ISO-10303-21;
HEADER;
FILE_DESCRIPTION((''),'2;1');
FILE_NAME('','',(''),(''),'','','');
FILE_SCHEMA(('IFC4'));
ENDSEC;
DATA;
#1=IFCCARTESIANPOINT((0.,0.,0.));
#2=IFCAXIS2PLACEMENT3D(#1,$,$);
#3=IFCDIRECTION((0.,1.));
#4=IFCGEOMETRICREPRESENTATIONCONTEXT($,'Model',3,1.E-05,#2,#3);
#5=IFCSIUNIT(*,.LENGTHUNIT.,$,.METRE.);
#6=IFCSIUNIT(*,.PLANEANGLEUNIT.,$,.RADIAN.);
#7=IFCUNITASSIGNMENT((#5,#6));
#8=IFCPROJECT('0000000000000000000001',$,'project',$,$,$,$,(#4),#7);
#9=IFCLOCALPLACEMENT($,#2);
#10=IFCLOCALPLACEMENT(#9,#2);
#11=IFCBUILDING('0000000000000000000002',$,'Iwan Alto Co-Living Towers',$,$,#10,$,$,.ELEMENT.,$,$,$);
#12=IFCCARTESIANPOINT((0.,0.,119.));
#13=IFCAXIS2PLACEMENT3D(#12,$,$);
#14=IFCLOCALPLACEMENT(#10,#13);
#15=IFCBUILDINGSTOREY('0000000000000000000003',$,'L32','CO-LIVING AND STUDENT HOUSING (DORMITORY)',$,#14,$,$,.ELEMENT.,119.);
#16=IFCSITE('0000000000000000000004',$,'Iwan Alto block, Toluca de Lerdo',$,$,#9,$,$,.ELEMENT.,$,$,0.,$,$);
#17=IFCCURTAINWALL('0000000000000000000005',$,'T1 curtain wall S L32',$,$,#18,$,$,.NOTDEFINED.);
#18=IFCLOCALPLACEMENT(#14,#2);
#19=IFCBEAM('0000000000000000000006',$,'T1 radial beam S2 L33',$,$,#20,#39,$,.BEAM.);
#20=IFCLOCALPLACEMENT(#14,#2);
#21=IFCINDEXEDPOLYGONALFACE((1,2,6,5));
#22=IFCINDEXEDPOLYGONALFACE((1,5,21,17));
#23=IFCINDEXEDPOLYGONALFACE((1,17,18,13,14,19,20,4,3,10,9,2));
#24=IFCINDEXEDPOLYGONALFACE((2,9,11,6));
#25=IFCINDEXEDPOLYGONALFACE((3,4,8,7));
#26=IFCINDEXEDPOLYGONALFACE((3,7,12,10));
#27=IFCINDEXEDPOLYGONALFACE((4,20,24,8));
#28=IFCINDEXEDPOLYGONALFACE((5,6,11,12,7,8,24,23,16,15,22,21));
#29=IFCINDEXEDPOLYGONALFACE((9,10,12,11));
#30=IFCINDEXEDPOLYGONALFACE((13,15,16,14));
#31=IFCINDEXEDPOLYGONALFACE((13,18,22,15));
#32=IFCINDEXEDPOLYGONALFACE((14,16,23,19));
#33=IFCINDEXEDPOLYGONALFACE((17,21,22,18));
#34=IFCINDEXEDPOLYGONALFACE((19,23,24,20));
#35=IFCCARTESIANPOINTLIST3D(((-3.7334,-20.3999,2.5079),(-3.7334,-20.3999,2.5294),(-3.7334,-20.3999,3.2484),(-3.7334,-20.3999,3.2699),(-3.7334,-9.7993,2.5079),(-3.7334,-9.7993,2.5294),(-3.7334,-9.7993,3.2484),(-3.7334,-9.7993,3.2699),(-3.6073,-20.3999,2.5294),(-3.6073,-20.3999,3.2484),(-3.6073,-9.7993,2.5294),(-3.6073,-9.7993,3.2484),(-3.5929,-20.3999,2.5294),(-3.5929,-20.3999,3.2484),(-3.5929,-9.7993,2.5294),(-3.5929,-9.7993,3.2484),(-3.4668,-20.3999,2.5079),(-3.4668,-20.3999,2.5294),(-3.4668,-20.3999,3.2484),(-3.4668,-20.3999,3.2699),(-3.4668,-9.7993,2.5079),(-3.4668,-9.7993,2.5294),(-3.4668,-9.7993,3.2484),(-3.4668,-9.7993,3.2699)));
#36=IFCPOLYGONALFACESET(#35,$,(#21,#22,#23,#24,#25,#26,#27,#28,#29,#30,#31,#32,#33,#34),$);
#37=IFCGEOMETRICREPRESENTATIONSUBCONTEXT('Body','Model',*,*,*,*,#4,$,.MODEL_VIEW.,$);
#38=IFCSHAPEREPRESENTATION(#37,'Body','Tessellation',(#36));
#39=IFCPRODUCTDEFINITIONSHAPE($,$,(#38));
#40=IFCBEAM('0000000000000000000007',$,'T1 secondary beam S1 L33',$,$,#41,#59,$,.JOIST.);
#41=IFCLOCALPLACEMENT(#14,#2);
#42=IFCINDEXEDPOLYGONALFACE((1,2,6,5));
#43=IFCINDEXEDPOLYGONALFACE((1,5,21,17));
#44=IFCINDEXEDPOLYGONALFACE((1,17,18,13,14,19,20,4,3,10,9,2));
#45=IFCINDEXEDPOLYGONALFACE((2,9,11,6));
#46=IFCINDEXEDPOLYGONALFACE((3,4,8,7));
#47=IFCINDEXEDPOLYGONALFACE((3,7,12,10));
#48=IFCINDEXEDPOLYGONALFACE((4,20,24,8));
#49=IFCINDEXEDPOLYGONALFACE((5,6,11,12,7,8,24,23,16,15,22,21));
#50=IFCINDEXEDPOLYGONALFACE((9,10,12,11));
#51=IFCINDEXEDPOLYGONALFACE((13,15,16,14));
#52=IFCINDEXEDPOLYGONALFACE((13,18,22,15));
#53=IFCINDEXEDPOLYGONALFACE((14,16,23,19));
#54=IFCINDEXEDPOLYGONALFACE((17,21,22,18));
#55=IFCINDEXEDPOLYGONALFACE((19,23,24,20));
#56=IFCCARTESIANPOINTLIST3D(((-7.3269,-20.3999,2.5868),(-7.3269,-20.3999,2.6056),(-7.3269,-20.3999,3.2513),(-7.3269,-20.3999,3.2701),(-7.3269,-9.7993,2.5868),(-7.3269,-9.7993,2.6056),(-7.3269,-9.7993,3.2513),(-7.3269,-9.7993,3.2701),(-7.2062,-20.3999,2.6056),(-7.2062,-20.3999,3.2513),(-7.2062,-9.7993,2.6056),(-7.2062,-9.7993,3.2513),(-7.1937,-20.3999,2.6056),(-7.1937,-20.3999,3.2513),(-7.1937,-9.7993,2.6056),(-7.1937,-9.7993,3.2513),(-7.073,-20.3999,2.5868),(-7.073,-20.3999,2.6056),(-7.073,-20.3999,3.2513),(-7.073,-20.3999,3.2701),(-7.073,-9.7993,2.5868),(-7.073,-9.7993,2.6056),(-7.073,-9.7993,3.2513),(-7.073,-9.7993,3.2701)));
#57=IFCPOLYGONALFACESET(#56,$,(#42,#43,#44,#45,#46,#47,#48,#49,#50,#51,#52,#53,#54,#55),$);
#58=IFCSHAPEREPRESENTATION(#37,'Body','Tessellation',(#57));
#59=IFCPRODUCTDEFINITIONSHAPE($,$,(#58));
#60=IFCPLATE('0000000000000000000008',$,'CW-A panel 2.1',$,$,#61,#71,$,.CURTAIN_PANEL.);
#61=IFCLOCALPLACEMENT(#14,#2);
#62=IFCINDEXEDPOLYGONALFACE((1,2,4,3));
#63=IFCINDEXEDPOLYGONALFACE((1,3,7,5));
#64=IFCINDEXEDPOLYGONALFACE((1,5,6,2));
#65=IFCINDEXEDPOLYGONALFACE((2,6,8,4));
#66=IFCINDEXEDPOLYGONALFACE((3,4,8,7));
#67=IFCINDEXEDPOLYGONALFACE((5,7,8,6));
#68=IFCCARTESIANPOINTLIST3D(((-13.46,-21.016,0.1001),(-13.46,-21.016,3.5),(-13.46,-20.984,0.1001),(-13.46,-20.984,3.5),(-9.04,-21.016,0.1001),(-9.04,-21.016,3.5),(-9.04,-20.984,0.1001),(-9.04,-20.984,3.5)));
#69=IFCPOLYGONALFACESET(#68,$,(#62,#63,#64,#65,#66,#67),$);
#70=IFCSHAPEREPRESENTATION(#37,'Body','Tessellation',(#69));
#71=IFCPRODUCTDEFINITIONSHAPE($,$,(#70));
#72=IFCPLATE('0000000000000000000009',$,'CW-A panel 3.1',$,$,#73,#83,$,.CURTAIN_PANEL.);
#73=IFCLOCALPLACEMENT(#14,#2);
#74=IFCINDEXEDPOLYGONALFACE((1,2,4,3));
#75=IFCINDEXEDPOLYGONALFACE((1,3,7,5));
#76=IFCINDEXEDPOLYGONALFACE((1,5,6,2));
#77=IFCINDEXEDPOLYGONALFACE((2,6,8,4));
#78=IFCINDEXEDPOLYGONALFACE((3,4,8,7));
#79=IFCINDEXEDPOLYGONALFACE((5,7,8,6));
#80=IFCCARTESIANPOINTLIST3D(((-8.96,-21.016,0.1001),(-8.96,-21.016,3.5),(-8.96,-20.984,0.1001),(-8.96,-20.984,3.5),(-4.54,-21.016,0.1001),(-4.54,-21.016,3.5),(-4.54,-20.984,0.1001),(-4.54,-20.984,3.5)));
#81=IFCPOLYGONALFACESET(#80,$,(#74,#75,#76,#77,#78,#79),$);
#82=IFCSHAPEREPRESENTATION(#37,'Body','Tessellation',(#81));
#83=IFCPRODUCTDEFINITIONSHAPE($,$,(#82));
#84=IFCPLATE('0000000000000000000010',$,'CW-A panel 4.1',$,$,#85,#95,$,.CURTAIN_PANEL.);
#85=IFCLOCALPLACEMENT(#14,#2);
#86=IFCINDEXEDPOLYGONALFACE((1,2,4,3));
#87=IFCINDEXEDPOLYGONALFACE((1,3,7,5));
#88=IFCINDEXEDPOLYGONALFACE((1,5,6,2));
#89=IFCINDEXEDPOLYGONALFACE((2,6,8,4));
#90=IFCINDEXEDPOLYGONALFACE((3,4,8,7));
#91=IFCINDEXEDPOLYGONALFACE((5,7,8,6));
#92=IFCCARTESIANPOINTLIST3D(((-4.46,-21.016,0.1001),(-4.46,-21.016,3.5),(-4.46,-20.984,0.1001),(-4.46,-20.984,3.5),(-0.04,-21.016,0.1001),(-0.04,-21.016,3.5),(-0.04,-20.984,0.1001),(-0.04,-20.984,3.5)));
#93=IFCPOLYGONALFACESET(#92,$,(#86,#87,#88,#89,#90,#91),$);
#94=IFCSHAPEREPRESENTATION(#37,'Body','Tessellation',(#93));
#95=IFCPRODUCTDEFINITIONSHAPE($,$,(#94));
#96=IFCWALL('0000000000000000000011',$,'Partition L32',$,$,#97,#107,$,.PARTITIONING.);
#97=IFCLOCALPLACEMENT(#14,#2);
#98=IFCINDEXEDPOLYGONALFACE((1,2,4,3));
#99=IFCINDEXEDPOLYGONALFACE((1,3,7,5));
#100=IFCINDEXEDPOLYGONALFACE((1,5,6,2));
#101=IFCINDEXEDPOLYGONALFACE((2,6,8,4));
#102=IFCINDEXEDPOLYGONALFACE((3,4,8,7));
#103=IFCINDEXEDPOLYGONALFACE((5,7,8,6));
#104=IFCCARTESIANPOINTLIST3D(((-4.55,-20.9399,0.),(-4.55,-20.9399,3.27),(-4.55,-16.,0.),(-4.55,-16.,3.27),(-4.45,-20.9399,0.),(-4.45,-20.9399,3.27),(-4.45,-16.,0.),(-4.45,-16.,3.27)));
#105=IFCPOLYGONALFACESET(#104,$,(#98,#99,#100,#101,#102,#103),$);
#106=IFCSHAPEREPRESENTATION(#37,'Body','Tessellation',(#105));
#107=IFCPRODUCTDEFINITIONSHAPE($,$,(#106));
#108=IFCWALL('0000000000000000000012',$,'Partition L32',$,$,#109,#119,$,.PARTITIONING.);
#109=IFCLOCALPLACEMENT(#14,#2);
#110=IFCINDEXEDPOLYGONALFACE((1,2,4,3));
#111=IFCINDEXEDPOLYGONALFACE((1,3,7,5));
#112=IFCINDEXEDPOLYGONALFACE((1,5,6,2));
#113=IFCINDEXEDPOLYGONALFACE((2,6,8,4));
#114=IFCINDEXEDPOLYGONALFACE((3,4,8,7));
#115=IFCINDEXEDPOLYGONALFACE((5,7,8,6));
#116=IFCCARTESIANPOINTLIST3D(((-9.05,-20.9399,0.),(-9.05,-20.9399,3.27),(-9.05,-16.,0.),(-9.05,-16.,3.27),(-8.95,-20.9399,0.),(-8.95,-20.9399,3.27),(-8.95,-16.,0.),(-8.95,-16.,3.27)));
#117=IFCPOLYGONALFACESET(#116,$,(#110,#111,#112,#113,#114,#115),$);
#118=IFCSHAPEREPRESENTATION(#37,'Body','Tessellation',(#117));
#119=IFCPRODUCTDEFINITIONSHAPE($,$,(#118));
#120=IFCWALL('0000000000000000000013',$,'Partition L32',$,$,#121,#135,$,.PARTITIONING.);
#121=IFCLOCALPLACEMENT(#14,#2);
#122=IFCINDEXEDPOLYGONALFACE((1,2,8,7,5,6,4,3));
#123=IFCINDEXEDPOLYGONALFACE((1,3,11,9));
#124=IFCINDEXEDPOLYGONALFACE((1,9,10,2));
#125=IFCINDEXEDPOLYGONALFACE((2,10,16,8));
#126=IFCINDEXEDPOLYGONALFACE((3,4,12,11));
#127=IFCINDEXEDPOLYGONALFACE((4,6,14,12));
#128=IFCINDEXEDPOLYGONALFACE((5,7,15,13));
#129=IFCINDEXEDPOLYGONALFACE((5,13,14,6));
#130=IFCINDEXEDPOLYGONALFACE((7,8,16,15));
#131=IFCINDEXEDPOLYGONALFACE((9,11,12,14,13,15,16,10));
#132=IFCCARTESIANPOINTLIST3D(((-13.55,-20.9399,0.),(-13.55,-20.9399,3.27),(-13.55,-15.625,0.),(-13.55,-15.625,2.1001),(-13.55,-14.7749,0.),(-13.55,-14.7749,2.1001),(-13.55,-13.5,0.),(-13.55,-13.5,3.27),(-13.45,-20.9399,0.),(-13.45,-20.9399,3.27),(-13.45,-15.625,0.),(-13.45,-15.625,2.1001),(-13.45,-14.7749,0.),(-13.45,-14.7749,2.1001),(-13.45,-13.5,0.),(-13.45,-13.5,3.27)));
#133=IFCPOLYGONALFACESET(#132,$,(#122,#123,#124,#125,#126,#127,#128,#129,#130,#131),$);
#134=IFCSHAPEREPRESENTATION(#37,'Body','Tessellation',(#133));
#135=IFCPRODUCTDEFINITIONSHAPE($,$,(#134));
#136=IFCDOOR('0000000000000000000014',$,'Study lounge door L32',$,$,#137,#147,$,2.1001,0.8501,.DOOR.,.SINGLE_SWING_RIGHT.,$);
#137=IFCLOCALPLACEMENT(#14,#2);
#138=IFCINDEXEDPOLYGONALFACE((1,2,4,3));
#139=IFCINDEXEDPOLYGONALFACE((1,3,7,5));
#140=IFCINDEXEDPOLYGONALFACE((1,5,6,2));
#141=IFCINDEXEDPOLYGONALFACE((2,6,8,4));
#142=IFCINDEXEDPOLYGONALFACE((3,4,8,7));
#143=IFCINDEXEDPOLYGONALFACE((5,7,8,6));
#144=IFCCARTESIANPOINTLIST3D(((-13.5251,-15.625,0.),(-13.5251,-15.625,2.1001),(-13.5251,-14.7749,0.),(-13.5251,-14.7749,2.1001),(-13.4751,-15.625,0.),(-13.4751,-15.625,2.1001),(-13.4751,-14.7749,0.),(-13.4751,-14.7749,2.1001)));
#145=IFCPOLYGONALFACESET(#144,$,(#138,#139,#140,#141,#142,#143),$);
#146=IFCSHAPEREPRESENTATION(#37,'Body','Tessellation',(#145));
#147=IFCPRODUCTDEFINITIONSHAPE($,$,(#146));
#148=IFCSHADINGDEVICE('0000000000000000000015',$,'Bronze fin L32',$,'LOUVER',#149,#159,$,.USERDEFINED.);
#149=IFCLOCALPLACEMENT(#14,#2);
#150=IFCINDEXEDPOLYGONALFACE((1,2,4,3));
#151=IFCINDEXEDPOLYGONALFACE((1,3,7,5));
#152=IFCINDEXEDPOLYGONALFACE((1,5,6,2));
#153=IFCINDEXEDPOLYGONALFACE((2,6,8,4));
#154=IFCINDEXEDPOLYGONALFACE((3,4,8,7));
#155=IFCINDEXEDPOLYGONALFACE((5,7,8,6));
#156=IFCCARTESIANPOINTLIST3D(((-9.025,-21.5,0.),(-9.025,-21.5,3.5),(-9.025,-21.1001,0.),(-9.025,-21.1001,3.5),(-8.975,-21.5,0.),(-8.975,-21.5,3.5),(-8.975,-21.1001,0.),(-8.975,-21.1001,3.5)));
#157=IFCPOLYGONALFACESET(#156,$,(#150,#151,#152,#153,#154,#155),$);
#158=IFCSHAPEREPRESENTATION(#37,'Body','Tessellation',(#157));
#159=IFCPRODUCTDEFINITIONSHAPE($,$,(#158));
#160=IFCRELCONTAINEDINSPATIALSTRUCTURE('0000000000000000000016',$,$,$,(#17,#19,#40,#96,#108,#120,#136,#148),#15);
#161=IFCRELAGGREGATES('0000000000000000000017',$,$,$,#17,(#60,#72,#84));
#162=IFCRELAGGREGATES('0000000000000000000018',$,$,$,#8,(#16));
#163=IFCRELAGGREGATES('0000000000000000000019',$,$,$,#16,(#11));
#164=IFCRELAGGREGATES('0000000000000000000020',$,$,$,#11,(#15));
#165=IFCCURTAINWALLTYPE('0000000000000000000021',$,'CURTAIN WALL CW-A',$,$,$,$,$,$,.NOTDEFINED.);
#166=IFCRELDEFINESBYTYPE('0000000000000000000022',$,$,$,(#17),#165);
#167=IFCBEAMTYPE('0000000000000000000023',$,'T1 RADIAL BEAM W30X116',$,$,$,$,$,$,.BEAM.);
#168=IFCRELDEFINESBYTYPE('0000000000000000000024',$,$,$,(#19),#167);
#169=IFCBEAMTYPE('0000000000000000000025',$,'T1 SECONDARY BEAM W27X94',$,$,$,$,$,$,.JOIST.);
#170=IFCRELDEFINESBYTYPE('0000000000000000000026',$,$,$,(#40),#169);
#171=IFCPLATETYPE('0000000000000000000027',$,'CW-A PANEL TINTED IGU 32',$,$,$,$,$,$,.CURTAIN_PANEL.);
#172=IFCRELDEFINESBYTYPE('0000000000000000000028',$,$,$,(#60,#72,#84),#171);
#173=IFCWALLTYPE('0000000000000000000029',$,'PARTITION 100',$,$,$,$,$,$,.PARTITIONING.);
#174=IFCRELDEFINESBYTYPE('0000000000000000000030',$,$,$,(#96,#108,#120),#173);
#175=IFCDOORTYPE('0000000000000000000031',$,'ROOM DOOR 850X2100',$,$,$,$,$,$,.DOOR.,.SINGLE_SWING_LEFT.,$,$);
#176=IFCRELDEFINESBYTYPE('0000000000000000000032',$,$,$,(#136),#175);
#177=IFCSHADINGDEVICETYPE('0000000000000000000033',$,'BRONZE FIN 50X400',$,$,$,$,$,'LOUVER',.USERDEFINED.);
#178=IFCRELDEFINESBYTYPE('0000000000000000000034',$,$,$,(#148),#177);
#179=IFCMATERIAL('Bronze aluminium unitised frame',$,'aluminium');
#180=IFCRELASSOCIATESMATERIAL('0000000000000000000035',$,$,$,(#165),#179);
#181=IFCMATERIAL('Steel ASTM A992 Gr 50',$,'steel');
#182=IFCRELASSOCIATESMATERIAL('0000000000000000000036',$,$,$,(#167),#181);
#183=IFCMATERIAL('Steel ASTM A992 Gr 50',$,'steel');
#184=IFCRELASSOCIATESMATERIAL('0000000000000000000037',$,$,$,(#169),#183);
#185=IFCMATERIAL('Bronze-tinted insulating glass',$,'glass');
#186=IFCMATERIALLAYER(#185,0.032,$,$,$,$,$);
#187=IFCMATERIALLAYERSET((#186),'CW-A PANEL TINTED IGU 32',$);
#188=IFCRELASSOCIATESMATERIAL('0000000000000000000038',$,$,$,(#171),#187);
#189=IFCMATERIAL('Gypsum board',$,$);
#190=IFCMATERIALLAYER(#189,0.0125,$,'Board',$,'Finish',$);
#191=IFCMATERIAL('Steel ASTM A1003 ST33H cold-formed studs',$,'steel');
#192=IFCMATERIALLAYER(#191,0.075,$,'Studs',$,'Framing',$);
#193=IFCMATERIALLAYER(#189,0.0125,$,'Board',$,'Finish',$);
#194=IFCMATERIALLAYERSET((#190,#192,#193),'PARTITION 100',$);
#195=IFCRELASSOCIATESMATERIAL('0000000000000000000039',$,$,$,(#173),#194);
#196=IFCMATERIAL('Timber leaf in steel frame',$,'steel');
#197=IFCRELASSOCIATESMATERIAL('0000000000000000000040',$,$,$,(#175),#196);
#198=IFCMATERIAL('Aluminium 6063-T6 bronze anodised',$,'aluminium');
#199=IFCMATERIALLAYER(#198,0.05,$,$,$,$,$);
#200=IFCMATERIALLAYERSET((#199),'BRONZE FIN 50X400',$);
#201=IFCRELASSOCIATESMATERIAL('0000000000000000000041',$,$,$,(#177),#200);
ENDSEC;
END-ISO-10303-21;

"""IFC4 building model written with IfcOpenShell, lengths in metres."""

from ifc_helpers import new_model, si_unit, direction, frame, frame_2d, origin, origin_2d, place, context, subcontext, project, spatial, rectangle, i_section, extrude, material, layer, layer_set, material_profile, profile_set, type_object, element, fill, aggregate, save


model = new_model("IFC4")

# Units and contexts
model_context = context("Model", 3, precision=1e-05, world=origin(), true_north=direction((0.0, 1.0)))
body_context = subcontext(model_context, "Body", "Model", "MODEL_VIEW")
ifc_project = project(units=[si_unit("LENGTHUNIT", "METRE"), si_unit("PLANEANGLEUNIT", "RADIAN")], contexts=[model_context])

# Site, building, storey
site_placement = place(None, origin())
site = spatial("IfcSite", under=ifc_project, at=site_placement, Name="Iwan Alto block, Toluca de Lerdo", CompositionType="ELEMENT", RefElevation=0.0)
building_placement = place(site_placement, origin())
building = spatial("IfcBuilding", under=site, at=building_placement, Name="Iwan Alto Co-Living Towers", CompositionType="ELEMENT")
storey_placement = place(building_placement, frame((0.0, 0.0, 119.0)))
storey = spatial("IfcBuildingStorey", under=building, at=storey_placement, Name="L32", Description="CO-LIVING AND STUDENT HOUSING (DORMITORY)", CompositionType="ELEMENT", Elevation=119.0)

# Curtain wall
ifc_material_1 = material(Name="Bronze aluminium unitised frame", Category="aluminium")
curtain_wall_type = type_object("IfcCurtainWallType", Name="CURTAIN WALL CW-A", PredefinedType="NOTDEFINED", material=ifc_material_1)
curtain_wall_placement = place(storey_placement, origin())
curtain_wall = element("IfcCurtainWall", 1, at=curtain_wall_placement, inside=storey, type_object=curtain_wall_type, Name="T1 curtain wall S L32", PredefinedType="NOTDEFINED")

# Beams
ifc_material_2 = material(Name="Steel ASTM A992 Gr 50", Category="steel")
ifc_material_profile_1 = material_profile(ifc_material_2, i_section(OverallWidth=0.2666, OverallDepth=0.762, WebThickness=0.0144, FlangeThickness=0.0215, at=origin_2d()), Name="W30X116")
ifc_profile_set_1 = profile_set([ifc_material_profile_1], Name="Steel ASTM A992 Gr 50")
beam_type_1 = type_object("IfcBeamType", Name="T1 RADIAL BEAM W30X116", PredefinedType="BEAM", material=ifc_profile_set_1)
beam_1_placement = place(storey_placement, frame((-3.6001, -20.3999, 2.8889), z_axis=(0.0, 1.0, 0.0), x_axis=(-1.0, 0.0, 0.0)))
element("IfcBeam", 2, at=beam_1_placement, inside=storey, type_object=beam_type_1, Name="T1 radial beam S2 L33", PredefinedType="BEAM", context=body_context, shape_type="SweptSolid", body=[
    extrude(i_section(OverallWidth=0.2666, OverallDepth=0.762, WebThickness=0.0144, FlangeThickness=0.0215, at=origin_2d()), origin(), (0.0, 0.0, 1.0), 10.6006),
])
ifc_material_3 = material(Name="Steel ASTM A992 Gr 50", Category="steel")
ifc_material_profile_2 = material_profile(ifc_material_3, i_section(OverallWidth=0.2539, OverallDepth=0.6833, WebThickness=0.0125, FlangeThickness=0.0188, at=origin_2d()), Name="W27X94")
ifc_profile_set_2 = profile_set([ifc_material_profile_2], Name="Steel ASTM A992 Gr 50")
beam_type_2 = type_object("IfcBeamType", Name="T1 SECONDARY BEAM W27X94", PredefinedType="JOIST", material=ifc_profile_set_2)
beam_2_placement = place(storey_placement, frame((-7.2, -20.3999, 2.9285), z_axis=(0.0, 1.0, 0.0), x_axis=(-1.0, 0.0, 0.0)))
element("IfcBeam", 3, at=beam_2_placement, inside=storey, type_object=beam_type_2, Name="T1 secondary beam S1 L33", PredefinedType="JOIST", context=body_context, shape_type="SweptSolid", body=[
    extrude(i_section(OverallWidth=0.2539, OverallDepth=0.6833, WebThickness=0.0125, FlangeThickness=0.0188, at=origin_2d()), origin(), (0.0, 0.0, 1.0), 10.6006),
])

# Plates
ifc_material_4 = material(Name="Bronze-tinted insulating glass", Category="glass")
ifc_layer_1 = layer(ifc_material_4, 0.032)
ifc_layer_set_1 = layer_set([ifc_layer_1], Name="CW-A PANEL TINTED IGU 32")
plate_type = type_object("IfcPlateType", Name="CW-A PANEL TINTED IGU 32", PredefinedType="CURTAIN_PANEL", material=ifc_layer_set_1)
plate_1_placement = place(storey_placement, frame((-11.25, -21.0, 0.1001), z_axis=(0.0, 0.0, 1.0), x_axis=(1.0, 0.0, 0.0)))
plate_1 = element("IfcPlate", 4, at=plate_1_placement, type_object=plate_type, Name="CW-A panel 2.1", PredefinedType="CURTAIN_PANEL", context=body_context, shape_type="SweptSolid", body=[
    extrude(rectangle(XDim=4.4199, YDim=0.032, at=origin_2d()), origin(), (0.0, 0.0, 1.0), 3.3999),
])
plate_2_placement = place(storey_placement, frame((-6.75, -21.0, 0.1001), z_axis=(0.0, 0.0, 1.0), x_axis=(1.0, 0.0, 0.0)))
plate_2 = element("IfcPlate", 5, at=plate_2_placement, type_object=plate_type, Name="CW-A panel 3.1", PredefinedType="CURTAIN_PANEL", context=body_context, shape_type="SweptSolid", body=[
    extrude(rectangle(XDim=4.4199, YDim=0.032, at=origin_2d()), origin(), (0.0, 0.0, 1.0), 3.3999),
])
plate_3_placement = place(storey_placement, frame((-2.25, -21.0, 0.1001), z_axis=(0.0, 0.0, 1.0), x_axis=(1.0, 0.0, 0.0)))
plate_3 = element("IfcPlate", 6, at=plate_3_placement, type_object=plate_type, Name="CW-A panel 4.1", PredefinedType="CURTAIN_PANEL", context=body_context, shape_type="SweptSolid", body=[
    extrude(rectangle(XDim=4.4199, YDim=0.032, at=origin_2d()), origin(), (0.0, 0.0, 1.0), 3.3999),
])
aggregate(curtain_wall, [plate_1, plate_2, plate_3])

# Walls
ifc_material_5 = material(Name="Gypsum board")
ifc_layer_2 = layer(ifc_material_5, 0.0125, Name="Board", Category="Finish")
ifc_material_6 = material(Name="Steel ASTM A1003 ST33H cold-formed studs", Category="steel")
ifc_layer_3 = layer(ifc_material_6, 0.075, Name="Studs", Category="Framing")
ifc_layer_4 = layer(ifc_material_5, 0.0125, Name="Board", Category="Finish")
ifc_layer_set_2 = layer_set([ifc_layer_2, ifc_layer_3, ifc_layer_4], Name="PARTITION 100")
wall_type = type_object("IfcWallType", Name="PARTITION 100", PredefinedType="PARTITIONING", material=ifc_layer_set_2)
for number, where, z_axis, x_axis, name in (
    (7, (-4.5, -20.9399, 0.0), (0.0, 0.0, 1.0), (0.0, 1.0, 0.0), "Partition L32"),
    (8, (-9.0, -20.9399, 0.0), (0.0, 0.0, 1.0), (0.0, 1.0, 0.0), "Partition L32"),
):
    element("IfcWall", number, at=place(storey_placement, frame(where, z_axis=z_axis, x_axis=x_axis)), inside=storey, type_object=wall_type, Name=name, PredefinedType="PARTITIONING", context=body_context, shape_type="SweptSolid", body=[
        extrude(rectangle(XDim=4.9399, YDim=0.1001, at=frame_2d((2.47, 0.0))), origin(), (0.0, 0.0, 1.0), 3.27),
    ])

# Wall, opening, door
wall_placement = place(storey_placement, frame((-13.5, -20.9399, 0.0), z_axis=(0.0, 0.0, 1.0), x_axis=(0.0, 1.0, 0.0)))
wall = element("IfcWall", 9, at=wall_placement, inside=storey, type_object=wall_type, Name="Partition L32", PredefinedType="PARTITIONING", context=body_context, shape_type="SweptSolid", body=[
    extrude(rectangle(XDim=7.4399, YDim=0.1001, at=frame_2d((3.72, 0.0))), origin(), (0.0, 0.0, 1.0), 3.27),
])
opening_placement = place(wall_placement, frame((5.3149, 0.0, 0.0)))
opening = element("IfcOpeningElement", 10, at=opening_placement, cuts=wall, PredefinedType="OPENING", context=body_context, shape_type="SweptSolid", body=[
    extrude(rectangle(XDim=0.8501, YDim=2.1001, at=frame_2d((0.425, 1.05))), frame((0.0, 0.0601, 0.0), z_axis=(0.0, -1.0, 0.0), x_axis=(1.0, 0.0, 0.0)), (0.0, 0.0, 1.0), 0.1201),
])
ifc_material_7 = material(Name="Timber leaf in steel frame", Category="steel")
door_type = type_object("IfcDoorType", Name="ROOM DOOR 850X2100", OperationType="SINGLE_SWING_LEFT", PredefinedType="DOOR", material=ifc_material_7)
door_placement = place(opening_placement, frame((0.8501, 0.0, 0.0), z_axis=(0.0, 0.0, 1.0), x_axis=(-1.0, 0.0, 0.0)))
door = element("IfcDoor", 11, at=door_placement, inside=storey, type_object=door_type, Name="Study lounge door L32", OperationType="SINGLE_SWING_RIGHT", OverallHeight=2.1001, OverallWidth=0.8501, PredefinedType="DOOR", context=body_context, shape_type="SweptSolid", body=[
    extrude(rectangle(XDim=0.8501, YDim=2.1001, at=frame_2d((0.425, 1.05))), frame((0.0, 0.0249, 0.0), z_axis=(0.0, -1.0, 0.0), x_axis=(1.0, 0.0, 0.0)), (0.0, 0.0, 1.0), 0.05),
])
fill(opening, door)

# Shading device
ifc_material_8 = material(Name="Aluminium 6063-T6 bronze anodised", Category="aluminium")
ifc_layer_5 = layer(ifc_material_8, 0.05)
ifc_layer_set_3 = layer_set([ifc_layer_5], Name="BRONZE FIN 50X400")
shading_device_type = type_object("IfcShadingDeviceType", Name="BRONZE FIN 50X400", ElementType="LOUVER", PredefinedType="USERDEFINED", material=ifc_layer_set_3)
shading_device_placement = place(storey_placement, frame((-9.0, -21.3, 0.0), z_axis=(0.0, 0.0, 1.0), x_axis=(1.0, 0.0, 0.0)))
element("IfcShadingDevice", 12, at=shading_device_placement, inside=storey, type_object=shading_device_type, Name="Bronze fin L32", ObjectType="LOUVER", PredefinedType="USERDEFINED", context=body_context, shape_type="SweptSolid", body=[
    extrude(rectangle(XDim=0.05, YDim=0.3999, at=origin_2d()), origin(), (0.0, 0.0, 1.0), 3.5),
])

save(model, "model.ifc")
